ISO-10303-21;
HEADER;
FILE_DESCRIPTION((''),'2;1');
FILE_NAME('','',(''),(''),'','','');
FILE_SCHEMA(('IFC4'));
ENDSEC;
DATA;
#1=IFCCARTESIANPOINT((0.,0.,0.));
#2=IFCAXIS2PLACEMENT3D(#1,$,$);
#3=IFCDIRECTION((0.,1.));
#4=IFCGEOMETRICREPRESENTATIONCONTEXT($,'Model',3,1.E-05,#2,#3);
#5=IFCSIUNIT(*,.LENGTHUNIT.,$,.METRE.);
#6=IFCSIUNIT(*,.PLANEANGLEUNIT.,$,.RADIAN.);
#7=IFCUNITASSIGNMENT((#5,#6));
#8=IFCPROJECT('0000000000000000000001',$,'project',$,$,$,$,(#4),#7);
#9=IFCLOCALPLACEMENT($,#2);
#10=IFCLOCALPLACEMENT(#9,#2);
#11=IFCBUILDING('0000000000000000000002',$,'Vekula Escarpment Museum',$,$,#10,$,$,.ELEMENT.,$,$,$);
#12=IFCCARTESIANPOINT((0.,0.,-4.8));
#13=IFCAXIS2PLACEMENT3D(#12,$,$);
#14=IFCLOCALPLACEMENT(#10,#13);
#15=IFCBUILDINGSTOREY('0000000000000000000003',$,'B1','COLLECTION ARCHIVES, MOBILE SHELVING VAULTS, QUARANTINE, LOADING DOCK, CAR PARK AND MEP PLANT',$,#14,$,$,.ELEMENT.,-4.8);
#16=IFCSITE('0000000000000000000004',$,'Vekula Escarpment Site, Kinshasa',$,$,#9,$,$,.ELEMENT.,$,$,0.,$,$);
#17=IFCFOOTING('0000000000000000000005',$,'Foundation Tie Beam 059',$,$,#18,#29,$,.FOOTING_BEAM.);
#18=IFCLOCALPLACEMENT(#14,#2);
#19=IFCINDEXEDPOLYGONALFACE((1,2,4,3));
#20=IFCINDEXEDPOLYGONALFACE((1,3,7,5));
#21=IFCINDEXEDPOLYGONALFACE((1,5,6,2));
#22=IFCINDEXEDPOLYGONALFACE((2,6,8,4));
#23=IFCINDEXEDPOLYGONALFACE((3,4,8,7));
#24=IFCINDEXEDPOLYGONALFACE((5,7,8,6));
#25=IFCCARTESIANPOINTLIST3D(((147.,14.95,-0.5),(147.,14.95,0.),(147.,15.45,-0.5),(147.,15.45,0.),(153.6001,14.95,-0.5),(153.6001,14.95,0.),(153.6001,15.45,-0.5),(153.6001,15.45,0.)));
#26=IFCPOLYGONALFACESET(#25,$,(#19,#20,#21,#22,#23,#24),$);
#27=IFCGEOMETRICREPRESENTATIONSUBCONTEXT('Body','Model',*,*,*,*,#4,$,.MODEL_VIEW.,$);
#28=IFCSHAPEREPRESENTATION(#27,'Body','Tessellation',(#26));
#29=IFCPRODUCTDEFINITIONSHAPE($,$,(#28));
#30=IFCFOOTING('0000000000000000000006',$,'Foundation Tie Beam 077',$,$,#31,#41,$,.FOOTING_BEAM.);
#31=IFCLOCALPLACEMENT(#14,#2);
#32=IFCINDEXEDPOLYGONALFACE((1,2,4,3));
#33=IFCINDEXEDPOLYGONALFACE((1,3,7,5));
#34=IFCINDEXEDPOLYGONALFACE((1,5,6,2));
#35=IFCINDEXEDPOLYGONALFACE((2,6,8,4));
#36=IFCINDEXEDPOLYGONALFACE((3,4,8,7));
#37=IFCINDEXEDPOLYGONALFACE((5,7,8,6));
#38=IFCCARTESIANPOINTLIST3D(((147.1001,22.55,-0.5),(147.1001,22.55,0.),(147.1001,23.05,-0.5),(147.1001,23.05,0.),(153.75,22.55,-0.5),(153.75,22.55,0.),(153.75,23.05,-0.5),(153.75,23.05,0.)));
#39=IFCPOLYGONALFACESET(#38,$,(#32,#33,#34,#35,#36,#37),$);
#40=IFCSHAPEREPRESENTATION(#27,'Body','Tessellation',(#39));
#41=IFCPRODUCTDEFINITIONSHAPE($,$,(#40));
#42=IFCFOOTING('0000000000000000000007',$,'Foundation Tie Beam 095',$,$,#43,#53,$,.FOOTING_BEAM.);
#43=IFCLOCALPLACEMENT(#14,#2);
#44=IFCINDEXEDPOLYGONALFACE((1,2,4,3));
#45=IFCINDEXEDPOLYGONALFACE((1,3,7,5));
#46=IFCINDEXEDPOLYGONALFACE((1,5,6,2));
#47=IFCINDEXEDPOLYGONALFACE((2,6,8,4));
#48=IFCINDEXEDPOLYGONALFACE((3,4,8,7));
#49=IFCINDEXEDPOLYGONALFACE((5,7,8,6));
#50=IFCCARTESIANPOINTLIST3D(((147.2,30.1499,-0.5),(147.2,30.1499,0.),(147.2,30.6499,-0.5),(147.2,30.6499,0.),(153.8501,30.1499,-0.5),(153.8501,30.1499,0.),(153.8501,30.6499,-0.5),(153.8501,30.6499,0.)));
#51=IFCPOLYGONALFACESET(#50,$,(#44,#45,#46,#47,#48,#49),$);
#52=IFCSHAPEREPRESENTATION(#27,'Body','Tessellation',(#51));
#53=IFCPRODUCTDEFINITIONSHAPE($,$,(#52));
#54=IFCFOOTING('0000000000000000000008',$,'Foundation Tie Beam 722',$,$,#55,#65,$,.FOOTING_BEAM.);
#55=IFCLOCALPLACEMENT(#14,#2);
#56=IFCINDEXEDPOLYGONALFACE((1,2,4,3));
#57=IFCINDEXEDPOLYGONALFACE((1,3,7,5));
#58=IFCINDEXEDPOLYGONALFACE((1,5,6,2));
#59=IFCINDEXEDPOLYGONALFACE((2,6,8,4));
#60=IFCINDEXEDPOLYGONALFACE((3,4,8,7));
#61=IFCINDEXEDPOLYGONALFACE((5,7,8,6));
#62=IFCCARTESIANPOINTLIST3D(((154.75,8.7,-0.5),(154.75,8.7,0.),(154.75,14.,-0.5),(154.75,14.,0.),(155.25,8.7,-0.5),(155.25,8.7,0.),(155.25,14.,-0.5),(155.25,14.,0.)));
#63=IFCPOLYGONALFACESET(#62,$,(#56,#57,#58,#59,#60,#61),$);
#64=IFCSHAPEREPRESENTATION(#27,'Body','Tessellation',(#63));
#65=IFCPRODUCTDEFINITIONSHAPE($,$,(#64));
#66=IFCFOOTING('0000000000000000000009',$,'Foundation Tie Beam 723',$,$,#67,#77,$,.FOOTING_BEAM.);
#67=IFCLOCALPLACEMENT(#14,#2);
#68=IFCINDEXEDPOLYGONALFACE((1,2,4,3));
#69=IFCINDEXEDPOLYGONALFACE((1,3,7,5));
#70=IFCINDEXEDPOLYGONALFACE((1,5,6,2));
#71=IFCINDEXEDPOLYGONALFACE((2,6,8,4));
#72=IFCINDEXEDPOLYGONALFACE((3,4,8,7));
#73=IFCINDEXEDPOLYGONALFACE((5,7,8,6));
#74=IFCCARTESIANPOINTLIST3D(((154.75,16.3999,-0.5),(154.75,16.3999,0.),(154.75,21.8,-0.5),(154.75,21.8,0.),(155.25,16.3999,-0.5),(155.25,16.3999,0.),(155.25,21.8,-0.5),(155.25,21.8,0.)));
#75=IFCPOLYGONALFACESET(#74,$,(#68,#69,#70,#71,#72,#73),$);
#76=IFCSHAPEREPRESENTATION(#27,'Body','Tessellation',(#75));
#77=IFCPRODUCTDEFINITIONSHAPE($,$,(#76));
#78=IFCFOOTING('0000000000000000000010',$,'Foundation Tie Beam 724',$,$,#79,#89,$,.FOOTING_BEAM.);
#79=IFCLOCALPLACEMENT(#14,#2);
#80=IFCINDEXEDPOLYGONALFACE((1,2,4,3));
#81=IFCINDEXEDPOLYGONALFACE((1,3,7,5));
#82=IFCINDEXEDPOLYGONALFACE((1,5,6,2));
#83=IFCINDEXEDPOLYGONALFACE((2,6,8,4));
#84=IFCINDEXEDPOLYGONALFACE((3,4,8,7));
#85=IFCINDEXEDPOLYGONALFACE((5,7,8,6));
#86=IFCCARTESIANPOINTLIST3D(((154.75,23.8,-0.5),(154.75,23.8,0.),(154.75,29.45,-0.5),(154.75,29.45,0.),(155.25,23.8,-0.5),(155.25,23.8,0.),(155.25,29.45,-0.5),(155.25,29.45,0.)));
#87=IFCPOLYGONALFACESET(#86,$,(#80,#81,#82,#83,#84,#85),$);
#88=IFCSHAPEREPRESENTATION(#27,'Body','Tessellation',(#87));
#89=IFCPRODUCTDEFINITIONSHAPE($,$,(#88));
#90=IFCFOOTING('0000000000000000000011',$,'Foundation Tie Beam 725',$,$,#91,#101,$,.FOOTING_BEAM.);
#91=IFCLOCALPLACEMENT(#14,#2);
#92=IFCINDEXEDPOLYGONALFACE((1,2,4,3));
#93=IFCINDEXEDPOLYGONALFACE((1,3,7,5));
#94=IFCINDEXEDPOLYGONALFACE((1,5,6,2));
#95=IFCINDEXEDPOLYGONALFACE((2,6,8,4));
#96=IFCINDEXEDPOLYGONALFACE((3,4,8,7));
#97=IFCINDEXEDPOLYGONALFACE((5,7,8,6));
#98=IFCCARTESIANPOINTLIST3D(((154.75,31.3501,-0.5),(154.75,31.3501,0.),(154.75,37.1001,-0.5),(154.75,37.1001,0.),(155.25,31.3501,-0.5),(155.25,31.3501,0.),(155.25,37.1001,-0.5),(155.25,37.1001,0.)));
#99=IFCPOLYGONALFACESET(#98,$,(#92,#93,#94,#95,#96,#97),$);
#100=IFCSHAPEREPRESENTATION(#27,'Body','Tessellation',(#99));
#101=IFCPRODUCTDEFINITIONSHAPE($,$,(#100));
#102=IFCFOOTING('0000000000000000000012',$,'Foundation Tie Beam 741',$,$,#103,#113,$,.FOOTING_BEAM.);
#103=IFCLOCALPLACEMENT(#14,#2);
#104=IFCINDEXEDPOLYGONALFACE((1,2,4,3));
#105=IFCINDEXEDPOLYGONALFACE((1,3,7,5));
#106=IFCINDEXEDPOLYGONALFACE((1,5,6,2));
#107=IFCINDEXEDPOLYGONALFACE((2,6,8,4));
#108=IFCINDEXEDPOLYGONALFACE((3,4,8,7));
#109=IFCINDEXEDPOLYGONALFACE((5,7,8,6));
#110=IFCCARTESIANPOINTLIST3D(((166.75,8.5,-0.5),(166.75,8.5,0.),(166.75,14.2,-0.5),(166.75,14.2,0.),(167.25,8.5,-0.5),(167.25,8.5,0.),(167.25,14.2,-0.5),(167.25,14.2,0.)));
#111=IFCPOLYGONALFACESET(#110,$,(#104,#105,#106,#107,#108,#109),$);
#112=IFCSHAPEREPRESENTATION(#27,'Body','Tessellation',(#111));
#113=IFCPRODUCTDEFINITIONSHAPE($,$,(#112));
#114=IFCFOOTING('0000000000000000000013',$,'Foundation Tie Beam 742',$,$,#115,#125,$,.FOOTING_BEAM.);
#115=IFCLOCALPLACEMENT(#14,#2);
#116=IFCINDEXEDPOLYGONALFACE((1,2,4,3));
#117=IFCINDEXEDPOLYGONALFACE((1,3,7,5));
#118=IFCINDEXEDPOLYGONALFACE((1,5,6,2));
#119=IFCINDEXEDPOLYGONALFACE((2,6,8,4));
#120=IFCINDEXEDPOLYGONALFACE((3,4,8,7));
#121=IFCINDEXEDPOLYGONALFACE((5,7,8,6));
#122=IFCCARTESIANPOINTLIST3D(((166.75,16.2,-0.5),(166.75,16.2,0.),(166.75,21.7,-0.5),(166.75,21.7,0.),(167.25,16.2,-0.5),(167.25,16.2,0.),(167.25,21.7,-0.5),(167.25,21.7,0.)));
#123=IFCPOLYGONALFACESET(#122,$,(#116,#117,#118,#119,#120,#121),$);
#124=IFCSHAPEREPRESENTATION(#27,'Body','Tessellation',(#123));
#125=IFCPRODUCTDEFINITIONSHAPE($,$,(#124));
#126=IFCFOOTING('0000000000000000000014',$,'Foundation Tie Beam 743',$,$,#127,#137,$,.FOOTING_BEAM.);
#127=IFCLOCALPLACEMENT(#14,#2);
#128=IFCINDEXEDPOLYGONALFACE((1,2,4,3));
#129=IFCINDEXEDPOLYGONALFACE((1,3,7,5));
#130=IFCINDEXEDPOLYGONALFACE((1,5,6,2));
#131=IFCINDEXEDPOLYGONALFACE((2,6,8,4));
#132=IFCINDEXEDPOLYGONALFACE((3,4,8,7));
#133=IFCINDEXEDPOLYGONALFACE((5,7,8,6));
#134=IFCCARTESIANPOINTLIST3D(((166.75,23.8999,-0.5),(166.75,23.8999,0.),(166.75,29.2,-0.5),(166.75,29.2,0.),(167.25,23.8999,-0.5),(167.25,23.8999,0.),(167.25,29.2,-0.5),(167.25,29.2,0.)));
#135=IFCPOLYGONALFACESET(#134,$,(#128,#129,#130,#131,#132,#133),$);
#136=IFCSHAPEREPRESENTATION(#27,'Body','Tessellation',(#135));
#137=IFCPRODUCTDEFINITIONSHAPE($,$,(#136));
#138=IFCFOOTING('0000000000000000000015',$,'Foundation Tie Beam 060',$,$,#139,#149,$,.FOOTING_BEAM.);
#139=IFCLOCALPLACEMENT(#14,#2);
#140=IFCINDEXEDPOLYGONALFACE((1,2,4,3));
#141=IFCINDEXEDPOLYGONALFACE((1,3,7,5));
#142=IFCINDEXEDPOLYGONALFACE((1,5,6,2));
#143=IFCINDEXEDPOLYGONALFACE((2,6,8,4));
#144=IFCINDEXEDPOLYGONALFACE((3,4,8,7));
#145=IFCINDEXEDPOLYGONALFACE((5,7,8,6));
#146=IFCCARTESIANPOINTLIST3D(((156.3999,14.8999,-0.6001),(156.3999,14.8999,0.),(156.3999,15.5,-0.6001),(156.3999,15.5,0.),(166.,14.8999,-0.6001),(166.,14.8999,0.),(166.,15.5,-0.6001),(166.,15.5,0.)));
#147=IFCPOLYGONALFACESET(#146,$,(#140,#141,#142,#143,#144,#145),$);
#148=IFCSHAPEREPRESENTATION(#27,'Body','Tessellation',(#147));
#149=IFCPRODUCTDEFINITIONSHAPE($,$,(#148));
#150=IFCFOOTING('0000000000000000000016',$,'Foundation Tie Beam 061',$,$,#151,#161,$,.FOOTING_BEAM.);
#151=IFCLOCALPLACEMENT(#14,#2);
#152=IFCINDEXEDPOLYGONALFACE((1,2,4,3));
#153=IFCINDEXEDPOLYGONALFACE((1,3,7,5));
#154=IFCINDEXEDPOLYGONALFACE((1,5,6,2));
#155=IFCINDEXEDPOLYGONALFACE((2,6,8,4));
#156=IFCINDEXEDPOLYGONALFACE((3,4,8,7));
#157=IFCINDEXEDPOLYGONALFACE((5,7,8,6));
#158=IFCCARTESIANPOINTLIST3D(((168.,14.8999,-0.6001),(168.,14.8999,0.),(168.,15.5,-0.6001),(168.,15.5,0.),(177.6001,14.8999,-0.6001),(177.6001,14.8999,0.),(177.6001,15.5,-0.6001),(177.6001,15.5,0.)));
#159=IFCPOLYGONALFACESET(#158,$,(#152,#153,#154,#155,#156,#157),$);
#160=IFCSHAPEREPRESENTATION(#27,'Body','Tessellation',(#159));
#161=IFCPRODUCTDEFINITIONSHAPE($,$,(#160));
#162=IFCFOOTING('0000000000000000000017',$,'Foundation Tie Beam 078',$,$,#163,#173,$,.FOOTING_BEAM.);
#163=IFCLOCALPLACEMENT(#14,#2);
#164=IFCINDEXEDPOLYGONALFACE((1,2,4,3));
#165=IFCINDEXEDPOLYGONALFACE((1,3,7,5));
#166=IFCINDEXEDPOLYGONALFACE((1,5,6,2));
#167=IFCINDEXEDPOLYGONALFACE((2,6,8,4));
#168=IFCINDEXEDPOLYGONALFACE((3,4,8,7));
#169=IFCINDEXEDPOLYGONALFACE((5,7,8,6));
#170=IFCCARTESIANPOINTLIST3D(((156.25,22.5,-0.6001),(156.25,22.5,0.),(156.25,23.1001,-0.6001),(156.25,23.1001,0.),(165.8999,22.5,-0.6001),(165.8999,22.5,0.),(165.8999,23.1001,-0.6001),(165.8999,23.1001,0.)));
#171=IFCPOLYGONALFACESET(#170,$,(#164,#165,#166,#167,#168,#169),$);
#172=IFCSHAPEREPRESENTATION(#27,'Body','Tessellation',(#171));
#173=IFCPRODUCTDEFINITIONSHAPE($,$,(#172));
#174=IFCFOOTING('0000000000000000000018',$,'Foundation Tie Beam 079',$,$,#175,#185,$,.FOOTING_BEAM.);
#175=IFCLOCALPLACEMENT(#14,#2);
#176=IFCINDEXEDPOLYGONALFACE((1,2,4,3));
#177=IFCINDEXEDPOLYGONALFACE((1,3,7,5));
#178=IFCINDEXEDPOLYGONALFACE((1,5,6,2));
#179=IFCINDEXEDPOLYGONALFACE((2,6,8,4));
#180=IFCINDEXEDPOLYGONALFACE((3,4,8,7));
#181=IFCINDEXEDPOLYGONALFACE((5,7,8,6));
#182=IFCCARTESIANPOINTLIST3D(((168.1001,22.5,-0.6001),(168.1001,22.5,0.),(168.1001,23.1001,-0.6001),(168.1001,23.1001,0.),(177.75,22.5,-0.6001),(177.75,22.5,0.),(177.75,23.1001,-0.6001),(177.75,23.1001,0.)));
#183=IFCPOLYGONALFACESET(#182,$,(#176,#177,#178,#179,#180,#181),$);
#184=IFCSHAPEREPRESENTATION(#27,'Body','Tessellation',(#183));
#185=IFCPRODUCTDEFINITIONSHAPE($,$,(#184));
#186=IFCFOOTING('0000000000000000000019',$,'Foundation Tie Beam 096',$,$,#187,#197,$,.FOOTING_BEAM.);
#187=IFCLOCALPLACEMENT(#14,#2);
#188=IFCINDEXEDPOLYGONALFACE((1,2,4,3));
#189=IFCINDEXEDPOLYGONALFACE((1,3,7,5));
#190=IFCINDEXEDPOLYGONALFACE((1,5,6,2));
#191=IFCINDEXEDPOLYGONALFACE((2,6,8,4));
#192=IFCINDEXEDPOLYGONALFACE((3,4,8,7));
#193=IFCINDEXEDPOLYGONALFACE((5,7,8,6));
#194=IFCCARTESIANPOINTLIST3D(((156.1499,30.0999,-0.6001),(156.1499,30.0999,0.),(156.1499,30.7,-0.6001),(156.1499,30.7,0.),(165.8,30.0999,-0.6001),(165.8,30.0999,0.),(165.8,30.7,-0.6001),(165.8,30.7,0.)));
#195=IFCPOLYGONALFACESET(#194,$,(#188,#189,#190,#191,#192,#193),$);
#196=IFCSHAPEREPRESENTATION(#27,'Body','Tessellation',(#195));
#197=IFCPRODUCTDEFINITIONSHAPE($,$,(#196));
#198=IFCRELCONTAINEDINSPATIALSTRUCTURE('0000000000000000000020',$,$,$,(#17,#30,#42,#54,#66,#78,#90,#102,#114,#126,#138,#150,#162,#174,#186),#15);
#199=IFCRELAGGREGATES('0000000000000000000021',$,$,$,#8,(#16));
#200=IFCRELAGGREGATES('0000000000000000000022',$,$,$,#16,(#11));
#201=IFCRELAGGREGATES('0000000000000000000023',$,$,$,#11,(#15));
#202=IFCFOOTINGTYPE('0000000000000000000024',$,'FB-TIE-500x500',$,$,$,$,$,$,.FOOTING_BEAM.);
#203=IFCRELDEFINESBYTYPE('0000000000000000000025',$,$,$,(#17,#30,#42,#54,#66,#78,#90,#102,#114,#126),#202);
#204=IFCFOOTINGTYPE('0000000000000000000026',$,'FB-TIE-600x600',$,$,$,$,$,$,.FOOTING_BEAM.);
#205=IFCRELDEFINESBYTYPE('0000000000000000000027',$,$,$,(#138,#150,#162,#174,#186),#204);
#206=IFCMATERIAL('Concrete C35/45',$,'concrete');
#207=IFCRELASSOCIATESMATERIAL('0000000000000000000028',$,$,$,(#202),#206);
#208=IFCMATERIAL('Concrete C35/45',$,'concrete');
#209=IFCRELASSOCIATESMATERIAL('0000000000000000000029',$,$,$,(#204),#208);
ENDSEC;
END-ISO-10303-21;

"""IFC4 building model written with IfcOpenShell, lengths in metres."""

from ifc_helpers import new_model, si_unit, direction, frame, origin, origin_2d, place, context, subcontext, project, spatial, rectangle, extrude, material, material_profile, profile_set, type_object, element, save


model = new_model("IFC4")

# Units and contexts
model_context = context("Model", 3, precision=1e-05, world=origin(), true_north=direction((0.0, 1.0)))
body_context = subcontext(model_context, "Body", "Model", "MODEL_VIEW")
ifc_project = project(units=[si_unit("LENGTHUNIT", "METRE"), si_unit("PLANEANGLEUNIT", "RADIAN")], contexts=[model_context])

# Site, building, storey
site_placement = place(None, origin())
site = spatial("IfcSite", under=ifc_project, at=site_placement, Name="Vekula Escarpment Site, Kinshasa", CompositionType="ELEMENT", RefElevation=0.0)
building_placement = place(site_placement, origin())
building = spatial("IfcBuilding", under=site, at=building_placement, Name="Vekula Escarpment Museum", CompositionType="ELEMENT")
storey_placement = place(building_placement, frame((0.0, 0.0, -4.8)))
storey = spatial("IfcBuildingStorey", under=building, at=storey_placement, Name="B1", Description="COLLECTION ARCHIVES, MOBILE SHELVING VAULTS, QUARANTINE, LOADING DOCK, CAR PARK AND MEP PLANT", CompositionType="ELEMENT", Elevation=-4.8)

# Footings
ifc_material_1 = material(Name="Concrete C35/45", Category="concrete")
ifc_material_profile_1 = material_profile(ifc_material_1, rectangle(XDim=0.5, YDim=0.5, at=origin_2d()), Name="RC 500x500")
ifc_profile_set_1 = profile_set([ifc_material_profile_1], Name="Concrete C35/45")
footing_type_1 = type_object("IfcFootingType", Name="FB-TIE-500x500", PredefinedType="FOOTING_BEAM", material=ifc_profile_set_1)
footing_1_placement = place(storey_placement, frame((147.0, 15.2, -0.25), z_axis=(1.0, 0.0, 0.0), x_axis=(0.0, 1.0, 0.0)))
element("IfcFooting", 1, at=footing_1_placement, inside=storey, type_object=footing_type_1, Name="Foundation Tie Beam 059", PredefinedType="FOOTING_BEAM", context=body_context, shape_type="SweptSolid", body=[
    extrude(rectangle(XDim=0.5, YDim=0.5, at=origin_2d()), origin(), (0.0, 0.0, 1.0), 6.6001),
])
footing_2_placement = place(storey_placement, frame((147.1001, 22.8, -0.25), z_axis=(1.0, 0.0, 0.0), x_axis=(0.0, 1.0, 0.0)))
element("IfcFooting", 2, at=footing_2_placement, inside=storey, type_object=footing_type_1, Name="Foundation Tie Beam 077", PredefinedType="FOOTING_BEAM", context=body_context, shape_type="SweptSolid", body=[
    extrude(rectangle(XDim=0.5, YDim=0.5, at=origin_2d()), origin(), (0.0, 0.0, 1.0), 6.6499),
])
footing_3_placement = place(storey_placement, frame((147.2, 30.3999, -0.25), z_axis=(1.0, 0.0, 0.0), x_axis=(0.0, 1.0, 0.0)))
element("IfcFooting", 3, at=footing_3_placement, inside=storey, type_object=footing_type_1, Name="Foundation Tie Beam 095", PredefinedType="FOOTING_BEAM", context=body_context, shape_type="SweptSolid", body=[
    extrude(rectangle(XDim=0.5, YDim=0.5, at=origin_2d()), origin(), (0.0, 0.0, 1.0), 6.6501),
])
footing_4_placement = place(storey_placement, frame((155.0, 8.7, -0.25), z_axis=(0.0, 1.0, 0.0), x_axis=(-1.0, 0.0, 0.0)))
element("IfcFooting", 4, at=footing_4_placement, inside=storey, type_object=footing_type_1, Name="Foundation Tie Beam 722", PredefinedType="FOOTING_BEAM", context=body_context, shape_type="SweptSolid", body=[
    extrude(rectangle(XDim=0.5, YDim=0.5, at=origin_2d()), origin(), (0.0, 0.0, 1.0), 5.3),
])
footing_5_placement = place(storey_placement, frame((155.0, 16.3999, -0.25), z_axis=(0.0, 1.0, 0.0), x_axis=(-1.0, 0.0, 0.0)))
element("IfcFooting", 5, at=footing_5_placement, inside=storey, type_object=footing_type_1, Name="Foundation Tie Beam 723", PredefinedType="FOOTING_BEAM", context=body_context, shape_type="SweptSolid", body=[
    extrude(rectangle(XDim=0.5, YDim=0.5, at=origin_2d()), origin(), (0.0, 0.0, 1.0), 5.4001),
])
footing_6_placement = place(storey_placement, frame((155.0, 23.8, -0.25), z_axis=(0.0, 1.0, 0.0), x_axis=(-1.0, 0.0, 0.0)))
element("IfcFooting", 6, at=footing_6_placement, inside=storey, type_object=footing_type_1, Name="Foundation Tie Beam 724", PredefinedType="FOOTING_BEAM", context=body_context, shape_type="SweptSolid", body=[
    extrude(rectangle(XDim=0.5, YDim=0.5, at=origin_2d()), origin(), (0.0, 0.0, 1.0), 5.6499),
])
footing_7_placement = place(storey_placement, frame((155.0, 31.3501, -0.25), z_axis=(0.0, 1.0, 0.0), x_axis=(-1.0, 0.0, 0.0)))
element("IfcFooting", 7, at=footing_7_placement, inside=storey, type_object=footing_type_1, Name="Foundation Tie Beam 725", PredefinedType="FOOTING_BEAM", context=body_context, shape_type="SweptSolid", body=[
    extrude(rectangle(XDim=0.5, YDim=0.5, at=origin_2d()), origin(), (0.0, 0.0, 1.0), 5.75),
])
footing_8_placement = place(storey_placement, frame((167.0, 8.5, -0.25), z_axis=(0.0, 1.0, 0.0), x_axis=(-1.0, 0.0, 0.0)))
element("IfcFooting", 8, at=footing_8_placement, inside=storey, type_object=footing_type_1, Name="Foundation Tie Beam 741", PredefinedType="FOOTING_BEAM", context=body_context, shape_type="SweptSolid", body=[
    extrude(rectangle(XDim=0.5, YDim=0.5, at=origin_2d()), origin(), (0.0, 0.0, 1.0), 5.7),
])
footing_9_placement = place(storey_placement, frame((167.0, 16.2, -0.25), z_axis=(0.0, 1.0, 0.0), x_axis=(-1.0, 0.0, 0.0)))
element("IfcFooting", 9, at=footing_9_placement, inside=storey, type_object=footing_type_1, Name="Foundation Tie Beam 742", PredefinedType="FOOTING_BEAM", context=body_context, shape_type="SweptSolid", body=[
    extrude(rectangle(XDim=0.5, YDim=0.5, at=origin_2d()), origin(), (0.0, 0.0, 1.0), 5.5),
])
footing_10_placement = place(storey_placement, frame((167.0, 23.8999, -0.25), z_axis=(0.0, 1.0, 0.0), x_axis=(-1.0, 0.0, 0.0)))
element("IfcFooting", 10, at=footing_10_placement, inside=storey, type_object=footing_type_1, Name="Foundation Tie Beam 743", PredefinedType="FOOTING_BEAM", context=body_context, shape_type="SweptSolid", body=[
    extrude(rectangle(XDim=0.5, YDim=0.5, at=origin_2d()), origin(), (0.0, 0.0, 1.0), 5.3),
])
ifc_material_2 = material(Name="Concrete C35/45", Category="concrete")
ifc_material_profile_2 = material_profile(ifc_material_2, rectangle(XDim=0.6001, YDim=0.6001, at=origin_2d()), Name="RC 600x600")
ifc_profile_set_2 = profile_set([ifc_material_profile_2], Name="Concrete C35/45")
footing_type_2 = type_object("IfcFootingType", Name="FB-TIE-600x600", PredefinedType="FOOTING_BEAM", material=ifc_profile_set_2)
for number, where, z_axis, x_axis, name in (
    (11, (156.3999, 15.2, -0.3), (1.0, 0.0, 0.0), (0.0, 1.0, 0.0), "Foundation Tie Beam 060"),
    (12, (168.0, 15.2, -0.3), (1.0, 0.0, 0.0), (0.0, 1.0, 0.0), "Foundation Tie Beam 061"),
):
    element("IfcFooting", number, at=place(storey_placement, frame(where, z_axis=z_axis, x_axis=x_axis)), inside=storey, type_object=footing_type_2, Name=name, PredefinedType="FOOTING_BEAM", context=body_context, shape_type="SweptSolid", body=[
        extrude(rectangle(XDim=0.6001, YDim=0.6001, at=origin_2d()), origin(), (0.0, 0.0, 1.0), 9.6001),
    ])
for number, where, z_axis, x_axis, name in (
    (13, (156.25, 22.8, -0.3), (1.0, 0.0, 0.0), (0.0, 1.0, 0.0), "Foundation Tie Beam 078"),
    (14, (168.1001, 22.8, -0.3), (1.0, 0.0, 0.0), (0.0, 1.0, 0.0), "Foundation Tie Beam 079"),
):
    element("IfcFooting", number, at=place(storey_placement, frame(where, z_axis=z_axis, x_axis=x_axis)), inside=storey, type_object=footing_type_2, Name=name, PredefinedType="FOOTING_BEAM", context=body_context, shape_type="SweptSolid", body=[
        extrude(rectangle(XDim=0.6001, YDim=0.6001, at=origin_2d()), origin(), (0.0, 0.0, 1.0), 9.6499),
    ])
for number, where, z_axis, x_axis, name in (
    (15, (156.1499, 30.3999, -0.3), (1.0, 0.0, 0.0), (0.0, 1.0, 0.0), "Foundation Tie Beam 096"),
):
    element("IfcFooting", number, at=place(storey_placement, frame(where, z_axis=z_axis, x_axis=x_axis)), inside=storey, type_object=footing_type_2, Name=name, PredefinedType="FOOTING_BEAM", context=body_context, shape_type="SweptSolid", body=[
        extrude(rectangle(XDim=0.6001, YDim=0.6001, at=origin_2d()), origin(), (0.0, 0.0, 1.0), 9.6501),
    ])

save(model, "model.ifc")
